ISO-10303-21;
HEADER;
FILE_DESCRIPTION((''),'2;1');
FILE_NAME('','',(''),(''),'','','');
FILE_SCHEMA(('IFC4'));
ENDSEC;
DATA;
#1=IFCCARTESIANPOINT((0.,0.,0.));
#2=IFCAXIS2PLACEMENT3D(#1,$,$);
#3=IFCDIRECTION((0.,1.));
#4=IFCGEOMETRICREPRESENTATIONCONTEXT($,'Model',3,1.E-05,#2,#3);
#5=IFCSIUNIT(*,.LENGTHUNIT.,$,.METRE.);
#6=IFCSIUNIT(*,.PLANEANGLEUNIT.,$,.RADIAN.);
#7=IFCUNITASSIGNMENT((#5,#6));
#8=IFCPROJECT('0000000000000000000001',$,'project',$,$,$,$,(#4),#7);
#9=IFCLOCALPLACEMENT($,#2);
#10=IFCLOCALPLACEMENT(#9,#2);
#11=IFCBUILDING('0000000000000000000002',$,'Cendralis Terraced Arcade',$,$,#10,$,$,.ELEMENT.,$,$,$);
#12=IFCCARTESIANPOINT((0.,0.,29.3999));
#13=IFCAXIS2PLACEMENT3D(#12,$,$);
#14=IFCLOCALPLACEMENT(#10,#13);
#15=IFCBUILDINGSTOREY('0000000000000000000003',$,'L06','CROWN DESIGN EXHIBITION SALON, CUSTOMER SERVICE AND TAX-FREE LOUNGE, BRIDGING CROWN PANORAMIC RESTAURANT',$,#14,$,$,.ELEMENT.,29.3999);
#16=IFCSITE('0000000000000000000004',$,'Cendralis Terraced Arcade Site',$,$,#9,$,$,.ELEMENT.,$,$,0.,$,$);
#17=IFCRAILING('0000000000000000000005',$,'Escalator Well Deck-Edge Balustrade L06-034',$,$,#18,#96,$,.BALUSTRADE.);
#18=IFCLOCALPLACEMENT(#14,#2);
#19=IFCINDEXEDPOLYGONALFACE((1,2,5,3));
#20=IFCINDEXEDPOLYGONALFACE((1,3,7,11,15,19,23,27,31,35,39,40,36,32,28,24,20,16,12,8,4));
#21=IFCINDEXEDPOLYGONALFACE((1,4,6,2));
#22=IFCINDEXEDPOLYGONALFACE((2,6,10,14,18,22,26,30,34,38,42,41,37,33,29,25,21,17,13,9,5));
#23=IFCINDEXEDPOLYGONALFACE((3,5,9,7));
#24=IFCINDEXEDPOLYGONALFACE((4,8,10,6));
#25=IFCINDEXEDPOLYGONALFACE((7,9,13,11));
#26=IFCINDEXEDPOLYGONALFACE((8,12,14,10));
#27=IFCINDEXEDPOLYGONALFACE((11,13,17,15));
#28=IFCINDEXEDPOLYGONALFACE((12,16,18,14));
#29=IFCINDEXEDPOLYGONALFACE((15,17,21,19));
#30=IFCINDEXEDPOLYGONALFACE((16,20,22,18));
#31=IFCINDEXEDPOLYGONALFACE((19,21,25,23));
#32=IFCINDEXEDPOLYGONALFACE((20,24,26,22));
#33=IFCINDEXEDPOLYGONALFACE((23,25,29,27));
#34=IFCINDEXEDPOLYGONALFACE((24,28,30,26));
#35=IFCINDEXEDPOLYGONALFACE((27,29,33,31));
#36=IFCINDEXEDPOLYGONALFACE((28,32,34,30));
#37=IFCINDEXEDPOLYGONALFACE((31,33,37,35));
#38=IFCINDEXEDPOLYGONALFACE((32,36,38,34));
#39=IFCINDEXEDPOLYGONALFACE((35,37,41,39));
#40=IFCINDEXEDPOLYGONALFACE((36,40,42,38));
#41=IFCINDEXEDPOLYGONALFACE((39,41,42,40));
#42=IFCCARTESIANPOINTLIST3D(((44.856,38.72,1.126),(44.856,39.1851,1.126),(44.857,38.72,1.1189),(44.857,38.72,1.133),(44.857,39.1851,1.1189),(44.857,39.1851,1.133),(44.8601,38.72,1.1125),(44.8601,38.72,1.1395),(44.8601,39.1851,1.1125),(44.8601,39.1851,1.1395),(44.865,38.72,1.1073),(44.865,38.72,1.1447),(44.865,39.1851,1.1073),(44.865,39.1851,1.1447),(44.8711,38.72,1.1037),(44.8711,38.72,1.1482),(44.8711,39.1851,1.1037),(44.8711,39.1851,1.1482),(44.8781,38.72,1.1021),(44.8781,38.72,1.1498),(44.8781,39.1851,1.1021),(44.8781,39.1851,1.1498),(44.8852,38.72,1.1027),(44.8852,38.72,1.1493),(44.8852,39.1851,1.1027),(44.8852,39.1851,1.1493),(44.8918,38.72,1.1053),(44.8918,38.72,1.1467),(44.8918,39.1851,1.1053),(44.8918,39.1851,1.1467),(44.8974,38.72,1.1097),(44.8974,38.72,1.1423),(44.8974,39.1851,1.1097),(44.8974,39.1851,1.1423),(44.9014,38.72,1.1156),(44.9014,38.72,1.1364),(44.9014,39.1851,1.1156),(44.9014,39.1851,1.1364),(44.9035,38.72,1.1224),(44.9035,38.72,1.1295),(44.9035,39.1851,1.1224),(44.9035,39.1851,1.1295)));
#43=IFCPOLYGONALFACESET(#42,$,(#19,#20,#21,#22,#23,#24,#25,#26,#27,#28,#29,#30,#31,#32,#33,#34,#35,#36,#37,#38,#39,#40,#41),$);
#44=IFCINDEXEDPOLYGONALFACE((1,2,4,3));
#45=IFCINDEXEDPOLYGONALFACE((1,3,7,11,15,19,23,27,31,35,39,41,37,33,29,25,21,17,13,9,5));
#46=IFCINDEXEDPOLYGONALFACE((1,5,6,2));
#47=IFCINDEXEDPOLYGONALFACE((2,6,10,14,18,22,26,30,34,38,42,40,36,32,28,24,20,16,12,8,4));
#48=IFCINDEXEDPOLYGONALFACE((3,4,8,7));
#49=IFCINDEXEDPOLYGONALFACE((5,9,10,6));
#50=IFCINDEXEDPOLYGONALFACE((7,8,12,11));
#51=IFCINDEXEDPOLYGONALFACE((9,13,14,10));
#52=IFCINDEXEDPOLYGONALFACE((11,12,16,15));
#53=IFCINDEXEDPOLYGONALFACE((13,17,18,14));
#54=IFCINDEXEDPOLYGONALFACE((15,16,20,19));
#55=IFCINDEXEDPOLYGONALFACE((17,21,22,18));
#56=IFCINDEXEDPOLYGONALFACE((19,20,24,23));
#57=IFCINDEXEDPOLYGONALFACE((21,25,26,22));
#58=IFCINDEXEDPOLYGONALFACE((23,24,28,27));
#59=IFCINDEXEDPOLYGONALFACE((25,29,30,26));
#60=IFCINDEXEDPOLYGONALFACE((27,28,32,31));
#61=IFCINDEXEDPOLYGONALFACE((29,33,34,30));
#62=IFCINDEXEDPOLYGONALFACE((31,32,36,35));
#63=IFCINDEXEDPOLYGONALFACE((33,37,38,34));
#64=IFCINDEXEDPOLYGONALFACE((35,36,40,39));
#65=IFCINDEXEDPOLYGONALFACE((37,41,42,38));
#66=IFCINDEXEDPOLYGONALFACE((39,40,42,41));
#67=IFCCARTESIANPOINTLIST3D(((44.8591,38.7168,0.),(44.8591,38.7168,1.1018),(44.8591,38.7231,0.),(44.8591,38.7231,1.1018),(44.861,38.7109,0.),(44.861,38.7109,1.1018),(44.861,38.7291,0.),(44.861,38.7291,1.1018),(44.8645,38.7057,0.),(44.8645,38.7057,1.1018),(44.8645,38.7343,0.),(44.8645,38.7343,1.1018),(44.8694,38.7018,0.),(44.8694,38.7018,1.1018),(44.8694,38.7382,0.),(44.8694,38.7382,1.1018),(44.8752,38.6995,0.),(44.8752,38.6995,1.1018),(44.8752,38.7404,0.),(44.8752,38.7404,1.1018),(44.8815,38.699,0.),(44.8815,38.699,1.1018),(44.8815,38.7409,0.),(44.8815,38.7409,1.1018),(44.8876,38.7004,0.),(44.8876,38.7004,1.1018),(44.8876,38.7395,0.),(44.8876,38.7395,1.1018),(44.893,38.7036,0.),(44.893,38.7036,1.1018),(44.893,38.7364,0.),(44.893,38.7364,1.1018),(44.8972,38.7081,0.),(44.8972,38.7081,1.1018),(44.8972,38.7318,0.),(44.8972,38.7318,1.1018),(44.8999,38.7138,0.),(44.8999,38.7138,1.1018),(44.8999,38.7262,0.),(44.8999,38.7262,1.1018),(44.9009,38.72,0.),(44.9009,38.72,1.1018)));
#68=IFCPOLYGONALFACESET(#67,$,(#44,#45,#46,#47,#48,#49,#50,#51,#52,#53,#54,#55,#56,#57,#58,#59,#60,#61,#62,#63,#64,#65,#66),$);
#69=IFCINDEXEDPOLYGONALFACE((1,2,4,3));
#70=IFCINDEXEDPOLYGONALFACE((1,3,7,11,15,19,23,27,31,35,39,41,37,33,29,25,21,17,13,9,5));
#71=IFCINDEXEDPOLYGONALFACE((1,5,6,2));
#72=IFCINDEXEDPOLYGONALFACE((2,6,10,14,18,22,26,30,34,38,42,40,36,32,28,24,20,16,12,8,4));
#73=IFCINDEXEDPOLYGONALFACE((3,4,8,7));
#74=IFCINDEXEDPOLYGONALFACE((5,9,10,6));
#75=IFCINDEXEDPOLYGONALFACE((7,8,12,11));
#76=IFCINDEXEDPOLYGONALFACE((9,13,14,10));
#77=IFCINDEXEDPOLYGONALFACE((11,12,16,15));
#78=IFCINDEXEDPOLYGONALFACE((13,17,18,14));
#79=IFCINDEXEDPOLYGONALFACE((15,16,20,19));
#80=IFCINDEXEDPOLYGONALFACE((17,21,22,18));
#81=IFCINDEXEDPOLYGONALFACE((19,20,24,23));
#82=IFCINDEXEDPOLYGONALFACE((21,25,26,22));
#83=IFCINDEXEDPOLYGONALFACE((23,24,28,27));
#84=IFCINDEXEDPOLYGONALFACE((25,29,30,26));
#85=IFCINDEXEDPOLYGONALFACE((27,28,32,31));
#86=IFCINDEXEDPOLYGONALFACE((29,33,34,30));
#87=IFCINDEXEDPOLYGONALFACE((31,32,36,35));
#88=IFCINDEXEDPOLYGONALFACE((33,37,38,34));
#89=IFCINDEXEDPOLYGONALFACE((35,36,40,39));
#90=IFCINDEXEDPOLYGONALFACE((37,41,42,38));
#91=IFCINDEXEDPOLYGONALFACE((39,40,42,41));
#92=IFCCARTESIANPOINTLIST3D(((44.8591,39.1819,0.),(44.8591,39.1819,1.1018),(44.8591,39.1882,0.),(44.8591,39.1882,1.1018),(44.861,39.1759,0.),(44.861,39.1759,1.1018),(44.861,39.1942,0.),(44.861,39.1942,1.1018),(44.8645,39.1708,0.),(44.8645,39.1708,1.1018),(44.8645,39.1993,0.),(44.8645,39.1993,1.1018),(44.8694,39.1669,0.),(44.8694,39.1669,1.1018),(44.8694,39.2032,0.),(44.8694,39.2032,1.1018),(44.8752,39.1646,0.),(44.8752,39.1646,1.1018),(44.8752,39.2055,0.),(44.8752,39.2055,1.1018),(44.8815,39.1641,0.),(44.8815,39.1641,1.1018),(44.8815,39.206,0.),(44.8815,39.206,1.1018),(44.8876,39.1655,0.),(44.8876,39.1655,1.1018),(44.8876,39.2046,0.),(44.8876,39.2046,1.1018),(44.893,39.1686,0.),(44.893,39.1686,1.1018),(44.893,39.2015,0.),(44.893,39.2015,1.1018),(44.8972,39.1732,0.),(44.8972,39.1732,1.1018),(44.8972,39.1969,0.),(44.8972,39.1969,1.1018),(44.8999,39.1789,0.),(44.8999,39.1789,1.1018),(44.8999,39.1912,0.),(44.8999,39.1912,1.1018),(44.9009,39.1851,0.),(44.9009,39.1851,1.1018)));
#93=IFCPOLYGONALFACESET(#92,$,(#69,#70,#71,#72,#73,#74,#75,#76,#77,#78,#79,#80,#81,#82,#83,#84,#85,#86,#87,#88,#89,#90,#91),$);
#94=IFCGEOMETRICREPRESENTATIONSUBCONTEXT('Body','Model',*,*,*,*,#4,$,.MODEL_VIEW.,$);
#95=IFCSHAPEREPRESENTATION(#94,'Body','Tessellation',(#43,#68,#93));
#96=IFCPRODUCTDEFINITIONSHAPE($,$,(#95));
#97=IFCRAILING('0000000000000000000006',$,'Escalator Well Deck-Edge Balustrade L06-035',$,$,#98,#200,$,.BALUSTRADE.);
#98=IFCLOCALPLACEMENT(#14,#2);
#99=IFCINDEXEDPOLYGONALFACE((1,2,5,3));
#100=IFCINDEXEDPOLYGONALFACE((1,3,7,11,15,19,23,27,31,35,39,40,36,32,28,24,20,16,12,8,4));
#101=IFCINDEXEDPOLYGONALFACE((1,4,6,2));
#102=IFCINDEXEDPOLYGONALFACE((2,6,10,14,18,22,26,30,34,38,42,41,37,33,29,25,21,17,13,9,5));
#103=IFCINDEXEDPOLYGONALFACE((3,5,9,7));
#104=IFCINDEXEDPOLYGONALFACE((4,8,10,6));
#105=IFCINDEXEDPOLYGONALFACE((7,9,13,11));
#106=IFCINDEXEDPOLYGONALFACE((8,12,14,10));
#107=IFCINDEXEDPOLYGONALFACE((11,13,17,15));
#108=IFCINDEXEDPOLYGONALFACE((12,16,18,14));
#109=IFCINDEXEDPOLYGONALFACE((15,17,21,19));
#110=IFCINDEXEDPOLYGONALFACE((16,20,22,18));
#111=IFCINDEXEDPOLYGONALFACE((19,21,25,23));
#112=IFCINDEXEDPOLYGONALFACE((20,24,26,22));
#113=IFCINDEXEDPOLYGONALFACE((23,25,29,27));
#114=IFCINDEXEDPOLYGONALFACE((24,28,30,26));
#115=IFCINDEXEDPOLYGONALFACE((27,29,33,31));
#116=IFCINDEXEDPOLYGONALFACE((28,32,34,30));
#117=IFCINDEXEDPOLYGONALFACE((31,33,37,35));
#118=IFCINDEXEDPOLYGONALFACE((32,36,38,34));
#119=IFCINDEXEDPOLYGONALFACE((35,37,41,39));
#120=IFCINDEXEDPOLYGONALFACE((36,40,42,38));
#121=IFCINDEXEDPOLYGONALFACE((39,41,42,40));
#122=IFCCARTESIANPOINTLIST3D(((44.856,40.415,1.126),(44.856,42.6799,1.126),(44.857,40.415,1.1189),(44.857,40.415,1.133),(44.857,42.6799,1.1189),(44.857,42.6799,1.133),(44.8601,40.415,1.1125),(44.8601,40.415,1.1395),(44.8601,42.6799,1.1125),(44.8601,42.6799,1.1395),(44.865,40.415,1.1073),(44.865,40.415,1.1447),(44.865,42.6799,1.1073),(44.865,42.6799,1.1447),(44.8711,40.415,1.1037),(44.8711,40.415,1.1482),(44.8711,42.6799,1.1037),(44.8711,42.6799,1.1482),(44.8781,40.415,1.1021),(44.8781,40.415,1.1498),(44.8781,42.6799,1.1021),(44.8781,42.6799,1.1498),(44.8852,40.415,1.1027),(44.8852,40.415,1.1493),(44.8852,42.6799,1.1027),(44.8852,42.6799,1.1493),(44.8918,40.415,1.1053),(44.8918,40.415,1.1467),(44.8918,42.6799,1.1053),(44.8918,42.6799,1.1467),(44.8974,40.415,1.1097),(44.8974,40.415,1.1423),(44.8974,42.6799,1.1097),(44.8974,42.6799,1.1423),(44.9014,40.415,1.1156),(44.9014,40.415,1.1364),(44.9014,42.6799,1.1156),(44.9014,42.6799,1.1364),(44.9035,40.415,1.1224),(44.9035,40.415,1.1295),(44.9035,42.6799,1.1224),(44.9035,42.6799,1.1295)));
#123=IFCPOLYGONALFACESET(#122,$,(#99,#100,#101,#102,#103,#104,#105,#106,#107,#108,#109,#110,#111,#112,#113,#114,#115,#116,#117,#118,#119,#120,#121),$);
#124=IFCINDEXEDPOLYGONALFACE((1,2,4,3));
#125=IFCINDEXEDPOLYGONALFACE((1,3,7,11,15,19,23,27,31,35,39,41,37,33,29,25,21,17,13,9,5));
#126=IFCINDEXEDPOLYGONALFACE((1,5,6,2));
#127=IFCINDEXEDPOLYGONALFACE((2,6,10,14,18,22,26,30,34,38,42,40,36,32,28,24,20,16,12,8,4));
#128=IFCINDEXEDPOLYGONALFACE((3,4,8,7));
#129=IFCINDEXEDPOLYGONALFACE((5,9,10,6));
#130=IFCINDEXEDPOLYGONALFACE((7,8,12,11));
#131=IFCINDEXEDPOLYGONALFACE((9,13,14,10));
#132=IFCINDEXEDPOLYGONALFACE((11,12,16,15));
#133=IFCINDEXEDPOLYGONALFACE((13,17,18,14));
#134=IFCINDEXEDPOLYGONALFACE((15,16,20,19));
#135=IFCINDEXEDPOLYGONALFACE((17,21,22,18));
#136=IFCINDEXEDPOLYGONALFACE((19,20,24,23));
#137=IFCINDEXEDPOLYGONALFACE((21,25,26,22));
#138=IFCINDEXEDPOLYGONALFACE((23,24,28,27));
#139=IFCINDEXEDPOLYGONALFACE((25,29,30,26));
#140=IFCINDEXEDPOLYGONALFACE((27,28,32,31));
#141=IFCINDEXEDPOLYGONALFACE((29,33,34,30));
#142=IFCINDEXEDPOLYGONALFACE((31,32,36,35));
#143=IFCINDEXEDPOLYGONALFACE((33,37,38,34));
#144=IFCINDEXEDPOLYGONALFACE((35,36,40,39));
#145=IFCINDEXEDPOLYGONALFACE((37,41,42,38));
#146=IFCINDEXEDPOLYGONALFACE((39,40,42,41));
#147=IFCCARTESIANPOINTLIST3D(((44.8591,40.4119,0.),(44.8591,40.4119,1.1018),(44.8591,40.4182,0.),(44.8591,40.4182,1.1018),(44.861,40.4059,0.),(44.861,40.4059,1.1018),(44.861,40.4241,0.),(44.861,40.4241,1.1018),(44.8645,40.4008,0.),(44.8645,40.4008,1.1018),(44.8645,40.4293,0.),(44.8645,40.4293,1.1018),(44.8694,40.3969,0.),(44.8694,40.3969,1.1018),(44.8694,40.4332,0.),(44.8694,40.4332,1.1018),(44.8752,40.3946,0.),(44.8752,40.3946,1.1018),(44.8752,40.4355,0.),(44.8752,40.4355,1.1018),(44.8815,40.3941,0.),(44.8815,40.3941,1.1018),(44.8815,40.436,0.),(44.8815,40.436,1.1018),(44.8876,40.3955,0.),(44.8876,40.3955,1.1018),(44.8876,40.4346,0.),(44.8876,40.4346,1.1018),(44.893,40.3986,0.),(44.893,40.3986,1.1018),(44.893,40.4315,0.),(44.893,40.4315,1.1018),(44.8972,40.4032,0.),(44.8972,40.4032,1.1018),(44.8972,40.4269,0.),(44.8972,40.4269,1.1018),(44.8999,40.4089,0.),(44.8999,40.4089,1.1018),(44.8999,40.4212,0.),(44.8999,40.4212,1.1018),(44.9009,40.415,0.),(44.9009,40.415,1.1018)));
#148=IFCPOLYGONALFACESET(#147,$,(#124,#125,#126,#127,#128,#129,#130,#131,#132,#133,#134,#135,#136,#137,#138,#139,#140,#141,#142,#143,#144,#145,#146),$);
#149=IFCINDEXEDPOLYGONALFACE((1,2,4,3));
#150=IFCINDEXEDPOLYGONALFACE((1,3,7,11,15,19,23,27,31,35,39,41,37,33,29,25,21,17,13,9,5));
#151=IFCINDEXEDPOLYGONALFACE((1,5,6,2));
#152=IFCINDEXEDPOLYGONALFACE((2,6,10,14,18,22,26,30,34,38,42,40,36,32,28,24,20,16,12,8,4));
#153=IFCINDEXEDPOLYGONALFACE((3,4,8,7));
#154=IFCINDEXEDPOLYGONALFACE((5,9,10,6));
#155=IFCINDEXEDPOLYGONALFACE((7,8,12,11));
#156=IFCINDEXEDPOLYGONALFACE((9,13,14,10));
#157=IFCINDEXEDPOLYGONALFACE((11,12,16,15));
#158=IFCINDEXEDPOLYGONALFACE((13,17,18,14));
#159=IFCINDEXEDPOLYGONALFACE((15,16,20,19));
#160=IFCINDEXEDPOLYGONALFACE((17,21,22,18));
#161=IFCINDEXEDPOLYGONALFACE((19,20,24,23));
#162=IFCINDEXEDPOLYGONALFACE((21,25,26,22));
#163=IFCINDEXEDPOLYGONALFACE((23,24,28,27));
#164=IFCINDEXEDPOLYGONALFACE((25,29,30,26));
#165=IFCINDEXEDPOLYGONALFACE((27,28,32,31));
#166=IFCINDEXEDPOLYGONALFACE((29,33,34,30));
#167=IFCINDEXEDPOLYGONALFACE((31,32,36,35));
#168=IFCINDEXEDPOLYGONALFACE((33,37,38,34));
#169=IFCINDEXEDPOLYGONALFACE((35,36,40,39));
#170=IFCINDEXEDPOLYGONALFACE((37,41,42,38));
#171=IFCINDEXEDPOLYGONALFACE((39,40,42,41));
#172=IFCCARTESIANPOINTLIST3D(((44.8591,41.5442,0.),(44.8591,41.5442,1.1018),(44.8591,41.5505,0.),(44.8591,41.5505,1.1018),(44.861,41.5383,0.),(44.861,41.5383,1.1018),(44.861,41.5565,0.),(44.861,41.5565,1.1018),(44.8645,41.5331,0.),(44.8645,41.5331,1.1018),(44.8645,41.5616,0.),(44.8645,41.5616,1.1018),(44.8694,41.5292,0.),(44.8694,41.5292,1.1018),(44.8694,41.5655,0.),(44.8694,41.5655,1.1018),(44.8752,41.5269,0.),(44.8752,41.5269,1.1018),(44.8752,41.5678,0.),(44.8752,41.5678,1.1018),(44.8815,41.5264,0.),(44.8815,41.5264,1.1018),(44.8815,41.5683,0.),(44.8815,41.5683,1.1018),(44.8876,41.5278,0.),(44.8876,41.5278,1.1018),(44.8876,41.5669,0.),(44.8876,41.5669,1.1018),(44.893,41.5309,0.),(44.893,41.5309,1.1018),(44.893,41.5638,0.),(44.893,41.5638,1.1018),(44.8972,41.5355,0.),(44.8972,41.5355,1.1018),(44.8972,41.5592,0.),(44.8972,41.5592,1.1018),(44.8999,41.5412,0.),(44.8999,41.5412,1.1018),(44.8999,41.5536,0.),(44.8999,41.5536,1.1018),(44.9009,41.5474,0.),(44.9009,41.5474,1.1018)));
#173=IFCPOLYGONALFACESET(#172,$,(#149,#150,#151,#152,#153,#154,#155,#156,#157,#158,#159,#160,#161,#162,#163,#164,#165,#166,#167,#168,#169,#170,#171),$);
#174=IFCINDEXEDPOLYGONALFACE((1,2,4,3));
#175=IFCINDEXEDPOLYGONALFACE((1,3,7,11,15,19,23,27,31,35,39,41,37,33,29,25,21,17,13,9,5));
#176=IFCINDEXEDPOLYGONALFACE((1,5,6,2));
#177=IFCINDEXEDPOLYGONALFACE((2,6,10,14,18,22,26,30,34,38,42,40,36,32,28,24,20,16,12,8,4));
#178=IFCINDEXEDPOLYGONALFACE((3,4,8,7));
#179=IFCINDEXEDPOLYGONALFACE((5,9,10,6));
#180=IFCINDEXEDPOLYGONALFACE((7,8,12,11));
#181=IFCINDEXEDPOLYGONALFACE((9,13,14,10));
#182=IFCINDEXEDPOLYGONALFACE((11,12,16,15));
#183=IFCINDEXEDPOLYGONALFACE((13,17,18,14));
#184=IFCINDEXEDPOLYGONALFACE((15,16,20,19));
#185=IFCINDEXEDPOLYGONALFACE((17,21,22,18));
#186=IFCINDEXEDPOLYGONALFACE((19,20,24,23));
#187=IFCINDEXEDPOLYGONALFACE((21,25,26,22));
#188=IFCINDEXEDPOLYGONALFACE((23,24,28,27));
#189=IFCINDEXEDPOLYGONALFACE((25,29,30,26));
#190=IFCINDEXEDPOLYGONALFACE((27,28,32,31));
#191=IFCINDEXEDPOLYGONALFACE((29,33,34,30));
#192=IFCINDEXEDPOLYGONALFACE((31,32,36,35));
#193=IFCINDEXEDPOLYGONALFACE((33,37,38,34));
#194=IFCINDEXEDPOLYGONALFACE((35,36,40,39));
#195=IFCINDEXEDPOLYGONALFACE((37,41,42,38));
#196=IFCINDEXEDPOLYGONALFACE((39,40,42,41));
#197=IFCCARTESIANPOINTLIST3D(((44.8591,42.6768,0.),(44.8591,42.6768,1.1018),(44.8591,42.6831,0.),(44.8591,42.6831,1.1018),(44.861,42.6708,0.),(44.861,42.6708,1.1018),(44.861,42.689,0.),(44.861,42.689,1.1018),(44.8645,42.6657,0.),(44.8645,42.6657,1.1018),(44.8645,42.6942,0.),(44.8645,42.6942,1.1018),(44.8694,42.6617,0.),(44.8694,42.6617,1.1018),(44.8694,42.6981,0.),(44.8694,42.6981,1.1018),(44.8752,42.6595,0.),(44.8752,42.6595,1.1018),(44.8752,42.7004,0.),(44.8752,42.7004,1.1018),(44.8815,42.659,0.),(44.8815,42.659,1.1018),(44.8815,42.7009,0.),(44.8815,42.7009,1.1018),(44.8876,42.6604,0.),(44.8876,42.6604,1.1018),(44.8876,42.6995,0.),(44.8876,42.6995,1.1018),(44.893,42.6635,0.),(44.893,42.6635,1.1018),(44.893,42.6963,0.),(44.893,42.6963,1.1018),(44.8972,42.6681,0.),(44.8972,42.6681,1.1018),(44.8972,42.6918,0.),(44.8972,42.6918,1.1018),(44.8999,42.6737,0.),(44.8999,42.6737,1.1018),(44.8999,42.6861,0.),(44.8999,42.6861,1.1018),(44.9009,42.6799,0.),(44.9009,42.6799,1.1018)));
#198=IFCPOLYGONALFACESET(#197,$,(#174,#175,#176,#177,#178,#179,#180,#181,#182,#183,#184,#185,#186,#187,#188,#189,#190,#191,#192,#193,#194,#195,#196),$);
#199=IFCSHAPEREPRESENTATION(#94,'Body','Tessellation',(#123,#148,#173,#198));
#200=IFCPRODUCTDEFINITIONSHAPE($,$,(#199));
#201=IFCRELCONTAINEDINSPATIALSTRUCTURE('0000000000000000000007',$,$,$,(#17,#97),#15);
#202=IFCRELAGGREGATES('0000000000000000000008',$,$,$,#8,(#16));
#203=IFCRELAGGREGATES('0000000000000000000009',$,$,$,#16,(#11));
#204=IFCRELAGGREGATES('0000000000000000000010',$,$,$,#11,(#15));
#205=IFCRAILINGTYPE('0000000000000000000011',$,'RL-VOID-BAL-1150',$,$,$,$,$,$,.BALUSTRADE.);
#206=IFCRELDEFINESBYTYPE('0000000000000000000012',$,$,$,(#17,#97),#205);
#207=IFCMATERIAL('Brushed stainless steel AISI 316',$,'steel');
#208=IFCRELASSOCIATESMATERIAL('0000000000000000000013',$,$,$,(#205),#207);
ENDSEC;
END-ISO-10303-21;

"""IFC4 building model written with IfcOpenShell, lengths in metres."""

from ifc_helpers import new_model, si_unit, direction, frame, origin, origin_2d, place, context, subcontext, project, spatial, circle, extrude, material, type_object, element, save


model = new_model("IFC4")

# Units and contexts
model_context = context("Model", 3, precision=1e-05, world=origin(), true_north=direction((0.0, 1.0)))
body_context = subcontext(model_context, "Body", "Model", "MODEL_VIEW")
ifc_project = project(units=[si_unit("LENGTHUNIT", "METRE"), si_unit("PLANEANGLEUNIT", "RADIAN")], contexts=[model_context])

# Site, building, storey
site_placement = place(None, origin())
site = spatial("IfcSite", under=ifc_project, at=site_placement, Name="Cendralis Terraced Arcade Site", CompositionType="ELEMENT", RefElevation=0.0)
building_placement = place(site_placement, origin())
building = spatial("IfcBuilding", under=site, at=building_placement, Name="Cendralis Terraced Arcade", CompositionType="ELEMENT")
storey_placement = place(building_placement, frame((0.0, 0.0, 29.3999)))
storey = spatial("IfcBuildingStorey", under=building, at=storey_placement, Name="L06", Description="CROWN DESIGN EXHIBITION SALON, CUSTOMER SERVICE AND TAX-FREE LOUNGE, BRIDGING CROWN PANORAMIC RESTAURANT", CompositionType="ELEMENT", Elevation=29.3999)

# Railings
ifc_material_1 = material(Name="Brushed stainless steel AISI 316", Category="steel")
railing_type = type_object("IfcRailingType", Name="RL-VOID-BAL-1150", PredefinedType="BALUSTRADE", material=ifc_material_1)
railing_1_placement = place(storey_placement, frame((44.8799, 38.72, 0.0)))
element("IfcRailing", 1, at=railing_1_placement, inside=storey, type_object=railing_type, Name="Escalator Well Deck-Edge Balustrade L06-034", PredefinedType="BALUSTRADE", context=body_context, shape_type="SweptSolid", body=[
    extrude(circle(Radius=0.0239, at=origin_2d()), frame((0.0, 0.0, 1.126), z_axis=(0.0, 1.0, 0.0), x_axis=(-1.0, 0.0, 0.0)), (0.0, 0.0, 1.0), 0.4651),
    extrude(circle(Radius=0.021, at=origin_2d()), origin(), (0.0, 0.0, 1.0), 1.1018),
    extrude(circle(Radius=0.021, at=origin_2d()), frame((0.0, 0.4651, 0.0)), (0.0, 0.0, 1.0), 1.1018),
])
railing_2_placement = place(storey_placement, frame((44.8799, 40.415, 0.0)))
element("IfcRailing", 2, at=railing_2_placement, inside=storey, type_object=railing_type, Name="Escalator Well Deck-Edge Balustrade L06-035", PredefinedType="BALUSTRADE", context=body_context, shape_type="SweptSolid", body=[
    extrude(circle(Radius=0.0239, at=origin_2d()), frame((0.0, 0.0, 1.126), z_axis=(0.0, 1.0, 0.0), x_axis=(-1.0, 0.0, 0.0)), (0.0, 0.0, 1.0), 2.2649),
    extrude(circle(Radius=0.021, at=origin_2d()), origin(), (0.0, 0.0, 1.0), 1.1018),
    extrude(circle(Radius=0.021, at=origin_2d()), frame((0.0, 1.1323, 0.0)), (0.0, 0.0, 1.0), 1.1018),
    extrude(circle(Radius=0.021, at=origin_2d()), frame((0.0, 2.2649, 0.0)), (0.0, 0.0, 1.0), 1.1018),
])

save(model, "model.ifc")
